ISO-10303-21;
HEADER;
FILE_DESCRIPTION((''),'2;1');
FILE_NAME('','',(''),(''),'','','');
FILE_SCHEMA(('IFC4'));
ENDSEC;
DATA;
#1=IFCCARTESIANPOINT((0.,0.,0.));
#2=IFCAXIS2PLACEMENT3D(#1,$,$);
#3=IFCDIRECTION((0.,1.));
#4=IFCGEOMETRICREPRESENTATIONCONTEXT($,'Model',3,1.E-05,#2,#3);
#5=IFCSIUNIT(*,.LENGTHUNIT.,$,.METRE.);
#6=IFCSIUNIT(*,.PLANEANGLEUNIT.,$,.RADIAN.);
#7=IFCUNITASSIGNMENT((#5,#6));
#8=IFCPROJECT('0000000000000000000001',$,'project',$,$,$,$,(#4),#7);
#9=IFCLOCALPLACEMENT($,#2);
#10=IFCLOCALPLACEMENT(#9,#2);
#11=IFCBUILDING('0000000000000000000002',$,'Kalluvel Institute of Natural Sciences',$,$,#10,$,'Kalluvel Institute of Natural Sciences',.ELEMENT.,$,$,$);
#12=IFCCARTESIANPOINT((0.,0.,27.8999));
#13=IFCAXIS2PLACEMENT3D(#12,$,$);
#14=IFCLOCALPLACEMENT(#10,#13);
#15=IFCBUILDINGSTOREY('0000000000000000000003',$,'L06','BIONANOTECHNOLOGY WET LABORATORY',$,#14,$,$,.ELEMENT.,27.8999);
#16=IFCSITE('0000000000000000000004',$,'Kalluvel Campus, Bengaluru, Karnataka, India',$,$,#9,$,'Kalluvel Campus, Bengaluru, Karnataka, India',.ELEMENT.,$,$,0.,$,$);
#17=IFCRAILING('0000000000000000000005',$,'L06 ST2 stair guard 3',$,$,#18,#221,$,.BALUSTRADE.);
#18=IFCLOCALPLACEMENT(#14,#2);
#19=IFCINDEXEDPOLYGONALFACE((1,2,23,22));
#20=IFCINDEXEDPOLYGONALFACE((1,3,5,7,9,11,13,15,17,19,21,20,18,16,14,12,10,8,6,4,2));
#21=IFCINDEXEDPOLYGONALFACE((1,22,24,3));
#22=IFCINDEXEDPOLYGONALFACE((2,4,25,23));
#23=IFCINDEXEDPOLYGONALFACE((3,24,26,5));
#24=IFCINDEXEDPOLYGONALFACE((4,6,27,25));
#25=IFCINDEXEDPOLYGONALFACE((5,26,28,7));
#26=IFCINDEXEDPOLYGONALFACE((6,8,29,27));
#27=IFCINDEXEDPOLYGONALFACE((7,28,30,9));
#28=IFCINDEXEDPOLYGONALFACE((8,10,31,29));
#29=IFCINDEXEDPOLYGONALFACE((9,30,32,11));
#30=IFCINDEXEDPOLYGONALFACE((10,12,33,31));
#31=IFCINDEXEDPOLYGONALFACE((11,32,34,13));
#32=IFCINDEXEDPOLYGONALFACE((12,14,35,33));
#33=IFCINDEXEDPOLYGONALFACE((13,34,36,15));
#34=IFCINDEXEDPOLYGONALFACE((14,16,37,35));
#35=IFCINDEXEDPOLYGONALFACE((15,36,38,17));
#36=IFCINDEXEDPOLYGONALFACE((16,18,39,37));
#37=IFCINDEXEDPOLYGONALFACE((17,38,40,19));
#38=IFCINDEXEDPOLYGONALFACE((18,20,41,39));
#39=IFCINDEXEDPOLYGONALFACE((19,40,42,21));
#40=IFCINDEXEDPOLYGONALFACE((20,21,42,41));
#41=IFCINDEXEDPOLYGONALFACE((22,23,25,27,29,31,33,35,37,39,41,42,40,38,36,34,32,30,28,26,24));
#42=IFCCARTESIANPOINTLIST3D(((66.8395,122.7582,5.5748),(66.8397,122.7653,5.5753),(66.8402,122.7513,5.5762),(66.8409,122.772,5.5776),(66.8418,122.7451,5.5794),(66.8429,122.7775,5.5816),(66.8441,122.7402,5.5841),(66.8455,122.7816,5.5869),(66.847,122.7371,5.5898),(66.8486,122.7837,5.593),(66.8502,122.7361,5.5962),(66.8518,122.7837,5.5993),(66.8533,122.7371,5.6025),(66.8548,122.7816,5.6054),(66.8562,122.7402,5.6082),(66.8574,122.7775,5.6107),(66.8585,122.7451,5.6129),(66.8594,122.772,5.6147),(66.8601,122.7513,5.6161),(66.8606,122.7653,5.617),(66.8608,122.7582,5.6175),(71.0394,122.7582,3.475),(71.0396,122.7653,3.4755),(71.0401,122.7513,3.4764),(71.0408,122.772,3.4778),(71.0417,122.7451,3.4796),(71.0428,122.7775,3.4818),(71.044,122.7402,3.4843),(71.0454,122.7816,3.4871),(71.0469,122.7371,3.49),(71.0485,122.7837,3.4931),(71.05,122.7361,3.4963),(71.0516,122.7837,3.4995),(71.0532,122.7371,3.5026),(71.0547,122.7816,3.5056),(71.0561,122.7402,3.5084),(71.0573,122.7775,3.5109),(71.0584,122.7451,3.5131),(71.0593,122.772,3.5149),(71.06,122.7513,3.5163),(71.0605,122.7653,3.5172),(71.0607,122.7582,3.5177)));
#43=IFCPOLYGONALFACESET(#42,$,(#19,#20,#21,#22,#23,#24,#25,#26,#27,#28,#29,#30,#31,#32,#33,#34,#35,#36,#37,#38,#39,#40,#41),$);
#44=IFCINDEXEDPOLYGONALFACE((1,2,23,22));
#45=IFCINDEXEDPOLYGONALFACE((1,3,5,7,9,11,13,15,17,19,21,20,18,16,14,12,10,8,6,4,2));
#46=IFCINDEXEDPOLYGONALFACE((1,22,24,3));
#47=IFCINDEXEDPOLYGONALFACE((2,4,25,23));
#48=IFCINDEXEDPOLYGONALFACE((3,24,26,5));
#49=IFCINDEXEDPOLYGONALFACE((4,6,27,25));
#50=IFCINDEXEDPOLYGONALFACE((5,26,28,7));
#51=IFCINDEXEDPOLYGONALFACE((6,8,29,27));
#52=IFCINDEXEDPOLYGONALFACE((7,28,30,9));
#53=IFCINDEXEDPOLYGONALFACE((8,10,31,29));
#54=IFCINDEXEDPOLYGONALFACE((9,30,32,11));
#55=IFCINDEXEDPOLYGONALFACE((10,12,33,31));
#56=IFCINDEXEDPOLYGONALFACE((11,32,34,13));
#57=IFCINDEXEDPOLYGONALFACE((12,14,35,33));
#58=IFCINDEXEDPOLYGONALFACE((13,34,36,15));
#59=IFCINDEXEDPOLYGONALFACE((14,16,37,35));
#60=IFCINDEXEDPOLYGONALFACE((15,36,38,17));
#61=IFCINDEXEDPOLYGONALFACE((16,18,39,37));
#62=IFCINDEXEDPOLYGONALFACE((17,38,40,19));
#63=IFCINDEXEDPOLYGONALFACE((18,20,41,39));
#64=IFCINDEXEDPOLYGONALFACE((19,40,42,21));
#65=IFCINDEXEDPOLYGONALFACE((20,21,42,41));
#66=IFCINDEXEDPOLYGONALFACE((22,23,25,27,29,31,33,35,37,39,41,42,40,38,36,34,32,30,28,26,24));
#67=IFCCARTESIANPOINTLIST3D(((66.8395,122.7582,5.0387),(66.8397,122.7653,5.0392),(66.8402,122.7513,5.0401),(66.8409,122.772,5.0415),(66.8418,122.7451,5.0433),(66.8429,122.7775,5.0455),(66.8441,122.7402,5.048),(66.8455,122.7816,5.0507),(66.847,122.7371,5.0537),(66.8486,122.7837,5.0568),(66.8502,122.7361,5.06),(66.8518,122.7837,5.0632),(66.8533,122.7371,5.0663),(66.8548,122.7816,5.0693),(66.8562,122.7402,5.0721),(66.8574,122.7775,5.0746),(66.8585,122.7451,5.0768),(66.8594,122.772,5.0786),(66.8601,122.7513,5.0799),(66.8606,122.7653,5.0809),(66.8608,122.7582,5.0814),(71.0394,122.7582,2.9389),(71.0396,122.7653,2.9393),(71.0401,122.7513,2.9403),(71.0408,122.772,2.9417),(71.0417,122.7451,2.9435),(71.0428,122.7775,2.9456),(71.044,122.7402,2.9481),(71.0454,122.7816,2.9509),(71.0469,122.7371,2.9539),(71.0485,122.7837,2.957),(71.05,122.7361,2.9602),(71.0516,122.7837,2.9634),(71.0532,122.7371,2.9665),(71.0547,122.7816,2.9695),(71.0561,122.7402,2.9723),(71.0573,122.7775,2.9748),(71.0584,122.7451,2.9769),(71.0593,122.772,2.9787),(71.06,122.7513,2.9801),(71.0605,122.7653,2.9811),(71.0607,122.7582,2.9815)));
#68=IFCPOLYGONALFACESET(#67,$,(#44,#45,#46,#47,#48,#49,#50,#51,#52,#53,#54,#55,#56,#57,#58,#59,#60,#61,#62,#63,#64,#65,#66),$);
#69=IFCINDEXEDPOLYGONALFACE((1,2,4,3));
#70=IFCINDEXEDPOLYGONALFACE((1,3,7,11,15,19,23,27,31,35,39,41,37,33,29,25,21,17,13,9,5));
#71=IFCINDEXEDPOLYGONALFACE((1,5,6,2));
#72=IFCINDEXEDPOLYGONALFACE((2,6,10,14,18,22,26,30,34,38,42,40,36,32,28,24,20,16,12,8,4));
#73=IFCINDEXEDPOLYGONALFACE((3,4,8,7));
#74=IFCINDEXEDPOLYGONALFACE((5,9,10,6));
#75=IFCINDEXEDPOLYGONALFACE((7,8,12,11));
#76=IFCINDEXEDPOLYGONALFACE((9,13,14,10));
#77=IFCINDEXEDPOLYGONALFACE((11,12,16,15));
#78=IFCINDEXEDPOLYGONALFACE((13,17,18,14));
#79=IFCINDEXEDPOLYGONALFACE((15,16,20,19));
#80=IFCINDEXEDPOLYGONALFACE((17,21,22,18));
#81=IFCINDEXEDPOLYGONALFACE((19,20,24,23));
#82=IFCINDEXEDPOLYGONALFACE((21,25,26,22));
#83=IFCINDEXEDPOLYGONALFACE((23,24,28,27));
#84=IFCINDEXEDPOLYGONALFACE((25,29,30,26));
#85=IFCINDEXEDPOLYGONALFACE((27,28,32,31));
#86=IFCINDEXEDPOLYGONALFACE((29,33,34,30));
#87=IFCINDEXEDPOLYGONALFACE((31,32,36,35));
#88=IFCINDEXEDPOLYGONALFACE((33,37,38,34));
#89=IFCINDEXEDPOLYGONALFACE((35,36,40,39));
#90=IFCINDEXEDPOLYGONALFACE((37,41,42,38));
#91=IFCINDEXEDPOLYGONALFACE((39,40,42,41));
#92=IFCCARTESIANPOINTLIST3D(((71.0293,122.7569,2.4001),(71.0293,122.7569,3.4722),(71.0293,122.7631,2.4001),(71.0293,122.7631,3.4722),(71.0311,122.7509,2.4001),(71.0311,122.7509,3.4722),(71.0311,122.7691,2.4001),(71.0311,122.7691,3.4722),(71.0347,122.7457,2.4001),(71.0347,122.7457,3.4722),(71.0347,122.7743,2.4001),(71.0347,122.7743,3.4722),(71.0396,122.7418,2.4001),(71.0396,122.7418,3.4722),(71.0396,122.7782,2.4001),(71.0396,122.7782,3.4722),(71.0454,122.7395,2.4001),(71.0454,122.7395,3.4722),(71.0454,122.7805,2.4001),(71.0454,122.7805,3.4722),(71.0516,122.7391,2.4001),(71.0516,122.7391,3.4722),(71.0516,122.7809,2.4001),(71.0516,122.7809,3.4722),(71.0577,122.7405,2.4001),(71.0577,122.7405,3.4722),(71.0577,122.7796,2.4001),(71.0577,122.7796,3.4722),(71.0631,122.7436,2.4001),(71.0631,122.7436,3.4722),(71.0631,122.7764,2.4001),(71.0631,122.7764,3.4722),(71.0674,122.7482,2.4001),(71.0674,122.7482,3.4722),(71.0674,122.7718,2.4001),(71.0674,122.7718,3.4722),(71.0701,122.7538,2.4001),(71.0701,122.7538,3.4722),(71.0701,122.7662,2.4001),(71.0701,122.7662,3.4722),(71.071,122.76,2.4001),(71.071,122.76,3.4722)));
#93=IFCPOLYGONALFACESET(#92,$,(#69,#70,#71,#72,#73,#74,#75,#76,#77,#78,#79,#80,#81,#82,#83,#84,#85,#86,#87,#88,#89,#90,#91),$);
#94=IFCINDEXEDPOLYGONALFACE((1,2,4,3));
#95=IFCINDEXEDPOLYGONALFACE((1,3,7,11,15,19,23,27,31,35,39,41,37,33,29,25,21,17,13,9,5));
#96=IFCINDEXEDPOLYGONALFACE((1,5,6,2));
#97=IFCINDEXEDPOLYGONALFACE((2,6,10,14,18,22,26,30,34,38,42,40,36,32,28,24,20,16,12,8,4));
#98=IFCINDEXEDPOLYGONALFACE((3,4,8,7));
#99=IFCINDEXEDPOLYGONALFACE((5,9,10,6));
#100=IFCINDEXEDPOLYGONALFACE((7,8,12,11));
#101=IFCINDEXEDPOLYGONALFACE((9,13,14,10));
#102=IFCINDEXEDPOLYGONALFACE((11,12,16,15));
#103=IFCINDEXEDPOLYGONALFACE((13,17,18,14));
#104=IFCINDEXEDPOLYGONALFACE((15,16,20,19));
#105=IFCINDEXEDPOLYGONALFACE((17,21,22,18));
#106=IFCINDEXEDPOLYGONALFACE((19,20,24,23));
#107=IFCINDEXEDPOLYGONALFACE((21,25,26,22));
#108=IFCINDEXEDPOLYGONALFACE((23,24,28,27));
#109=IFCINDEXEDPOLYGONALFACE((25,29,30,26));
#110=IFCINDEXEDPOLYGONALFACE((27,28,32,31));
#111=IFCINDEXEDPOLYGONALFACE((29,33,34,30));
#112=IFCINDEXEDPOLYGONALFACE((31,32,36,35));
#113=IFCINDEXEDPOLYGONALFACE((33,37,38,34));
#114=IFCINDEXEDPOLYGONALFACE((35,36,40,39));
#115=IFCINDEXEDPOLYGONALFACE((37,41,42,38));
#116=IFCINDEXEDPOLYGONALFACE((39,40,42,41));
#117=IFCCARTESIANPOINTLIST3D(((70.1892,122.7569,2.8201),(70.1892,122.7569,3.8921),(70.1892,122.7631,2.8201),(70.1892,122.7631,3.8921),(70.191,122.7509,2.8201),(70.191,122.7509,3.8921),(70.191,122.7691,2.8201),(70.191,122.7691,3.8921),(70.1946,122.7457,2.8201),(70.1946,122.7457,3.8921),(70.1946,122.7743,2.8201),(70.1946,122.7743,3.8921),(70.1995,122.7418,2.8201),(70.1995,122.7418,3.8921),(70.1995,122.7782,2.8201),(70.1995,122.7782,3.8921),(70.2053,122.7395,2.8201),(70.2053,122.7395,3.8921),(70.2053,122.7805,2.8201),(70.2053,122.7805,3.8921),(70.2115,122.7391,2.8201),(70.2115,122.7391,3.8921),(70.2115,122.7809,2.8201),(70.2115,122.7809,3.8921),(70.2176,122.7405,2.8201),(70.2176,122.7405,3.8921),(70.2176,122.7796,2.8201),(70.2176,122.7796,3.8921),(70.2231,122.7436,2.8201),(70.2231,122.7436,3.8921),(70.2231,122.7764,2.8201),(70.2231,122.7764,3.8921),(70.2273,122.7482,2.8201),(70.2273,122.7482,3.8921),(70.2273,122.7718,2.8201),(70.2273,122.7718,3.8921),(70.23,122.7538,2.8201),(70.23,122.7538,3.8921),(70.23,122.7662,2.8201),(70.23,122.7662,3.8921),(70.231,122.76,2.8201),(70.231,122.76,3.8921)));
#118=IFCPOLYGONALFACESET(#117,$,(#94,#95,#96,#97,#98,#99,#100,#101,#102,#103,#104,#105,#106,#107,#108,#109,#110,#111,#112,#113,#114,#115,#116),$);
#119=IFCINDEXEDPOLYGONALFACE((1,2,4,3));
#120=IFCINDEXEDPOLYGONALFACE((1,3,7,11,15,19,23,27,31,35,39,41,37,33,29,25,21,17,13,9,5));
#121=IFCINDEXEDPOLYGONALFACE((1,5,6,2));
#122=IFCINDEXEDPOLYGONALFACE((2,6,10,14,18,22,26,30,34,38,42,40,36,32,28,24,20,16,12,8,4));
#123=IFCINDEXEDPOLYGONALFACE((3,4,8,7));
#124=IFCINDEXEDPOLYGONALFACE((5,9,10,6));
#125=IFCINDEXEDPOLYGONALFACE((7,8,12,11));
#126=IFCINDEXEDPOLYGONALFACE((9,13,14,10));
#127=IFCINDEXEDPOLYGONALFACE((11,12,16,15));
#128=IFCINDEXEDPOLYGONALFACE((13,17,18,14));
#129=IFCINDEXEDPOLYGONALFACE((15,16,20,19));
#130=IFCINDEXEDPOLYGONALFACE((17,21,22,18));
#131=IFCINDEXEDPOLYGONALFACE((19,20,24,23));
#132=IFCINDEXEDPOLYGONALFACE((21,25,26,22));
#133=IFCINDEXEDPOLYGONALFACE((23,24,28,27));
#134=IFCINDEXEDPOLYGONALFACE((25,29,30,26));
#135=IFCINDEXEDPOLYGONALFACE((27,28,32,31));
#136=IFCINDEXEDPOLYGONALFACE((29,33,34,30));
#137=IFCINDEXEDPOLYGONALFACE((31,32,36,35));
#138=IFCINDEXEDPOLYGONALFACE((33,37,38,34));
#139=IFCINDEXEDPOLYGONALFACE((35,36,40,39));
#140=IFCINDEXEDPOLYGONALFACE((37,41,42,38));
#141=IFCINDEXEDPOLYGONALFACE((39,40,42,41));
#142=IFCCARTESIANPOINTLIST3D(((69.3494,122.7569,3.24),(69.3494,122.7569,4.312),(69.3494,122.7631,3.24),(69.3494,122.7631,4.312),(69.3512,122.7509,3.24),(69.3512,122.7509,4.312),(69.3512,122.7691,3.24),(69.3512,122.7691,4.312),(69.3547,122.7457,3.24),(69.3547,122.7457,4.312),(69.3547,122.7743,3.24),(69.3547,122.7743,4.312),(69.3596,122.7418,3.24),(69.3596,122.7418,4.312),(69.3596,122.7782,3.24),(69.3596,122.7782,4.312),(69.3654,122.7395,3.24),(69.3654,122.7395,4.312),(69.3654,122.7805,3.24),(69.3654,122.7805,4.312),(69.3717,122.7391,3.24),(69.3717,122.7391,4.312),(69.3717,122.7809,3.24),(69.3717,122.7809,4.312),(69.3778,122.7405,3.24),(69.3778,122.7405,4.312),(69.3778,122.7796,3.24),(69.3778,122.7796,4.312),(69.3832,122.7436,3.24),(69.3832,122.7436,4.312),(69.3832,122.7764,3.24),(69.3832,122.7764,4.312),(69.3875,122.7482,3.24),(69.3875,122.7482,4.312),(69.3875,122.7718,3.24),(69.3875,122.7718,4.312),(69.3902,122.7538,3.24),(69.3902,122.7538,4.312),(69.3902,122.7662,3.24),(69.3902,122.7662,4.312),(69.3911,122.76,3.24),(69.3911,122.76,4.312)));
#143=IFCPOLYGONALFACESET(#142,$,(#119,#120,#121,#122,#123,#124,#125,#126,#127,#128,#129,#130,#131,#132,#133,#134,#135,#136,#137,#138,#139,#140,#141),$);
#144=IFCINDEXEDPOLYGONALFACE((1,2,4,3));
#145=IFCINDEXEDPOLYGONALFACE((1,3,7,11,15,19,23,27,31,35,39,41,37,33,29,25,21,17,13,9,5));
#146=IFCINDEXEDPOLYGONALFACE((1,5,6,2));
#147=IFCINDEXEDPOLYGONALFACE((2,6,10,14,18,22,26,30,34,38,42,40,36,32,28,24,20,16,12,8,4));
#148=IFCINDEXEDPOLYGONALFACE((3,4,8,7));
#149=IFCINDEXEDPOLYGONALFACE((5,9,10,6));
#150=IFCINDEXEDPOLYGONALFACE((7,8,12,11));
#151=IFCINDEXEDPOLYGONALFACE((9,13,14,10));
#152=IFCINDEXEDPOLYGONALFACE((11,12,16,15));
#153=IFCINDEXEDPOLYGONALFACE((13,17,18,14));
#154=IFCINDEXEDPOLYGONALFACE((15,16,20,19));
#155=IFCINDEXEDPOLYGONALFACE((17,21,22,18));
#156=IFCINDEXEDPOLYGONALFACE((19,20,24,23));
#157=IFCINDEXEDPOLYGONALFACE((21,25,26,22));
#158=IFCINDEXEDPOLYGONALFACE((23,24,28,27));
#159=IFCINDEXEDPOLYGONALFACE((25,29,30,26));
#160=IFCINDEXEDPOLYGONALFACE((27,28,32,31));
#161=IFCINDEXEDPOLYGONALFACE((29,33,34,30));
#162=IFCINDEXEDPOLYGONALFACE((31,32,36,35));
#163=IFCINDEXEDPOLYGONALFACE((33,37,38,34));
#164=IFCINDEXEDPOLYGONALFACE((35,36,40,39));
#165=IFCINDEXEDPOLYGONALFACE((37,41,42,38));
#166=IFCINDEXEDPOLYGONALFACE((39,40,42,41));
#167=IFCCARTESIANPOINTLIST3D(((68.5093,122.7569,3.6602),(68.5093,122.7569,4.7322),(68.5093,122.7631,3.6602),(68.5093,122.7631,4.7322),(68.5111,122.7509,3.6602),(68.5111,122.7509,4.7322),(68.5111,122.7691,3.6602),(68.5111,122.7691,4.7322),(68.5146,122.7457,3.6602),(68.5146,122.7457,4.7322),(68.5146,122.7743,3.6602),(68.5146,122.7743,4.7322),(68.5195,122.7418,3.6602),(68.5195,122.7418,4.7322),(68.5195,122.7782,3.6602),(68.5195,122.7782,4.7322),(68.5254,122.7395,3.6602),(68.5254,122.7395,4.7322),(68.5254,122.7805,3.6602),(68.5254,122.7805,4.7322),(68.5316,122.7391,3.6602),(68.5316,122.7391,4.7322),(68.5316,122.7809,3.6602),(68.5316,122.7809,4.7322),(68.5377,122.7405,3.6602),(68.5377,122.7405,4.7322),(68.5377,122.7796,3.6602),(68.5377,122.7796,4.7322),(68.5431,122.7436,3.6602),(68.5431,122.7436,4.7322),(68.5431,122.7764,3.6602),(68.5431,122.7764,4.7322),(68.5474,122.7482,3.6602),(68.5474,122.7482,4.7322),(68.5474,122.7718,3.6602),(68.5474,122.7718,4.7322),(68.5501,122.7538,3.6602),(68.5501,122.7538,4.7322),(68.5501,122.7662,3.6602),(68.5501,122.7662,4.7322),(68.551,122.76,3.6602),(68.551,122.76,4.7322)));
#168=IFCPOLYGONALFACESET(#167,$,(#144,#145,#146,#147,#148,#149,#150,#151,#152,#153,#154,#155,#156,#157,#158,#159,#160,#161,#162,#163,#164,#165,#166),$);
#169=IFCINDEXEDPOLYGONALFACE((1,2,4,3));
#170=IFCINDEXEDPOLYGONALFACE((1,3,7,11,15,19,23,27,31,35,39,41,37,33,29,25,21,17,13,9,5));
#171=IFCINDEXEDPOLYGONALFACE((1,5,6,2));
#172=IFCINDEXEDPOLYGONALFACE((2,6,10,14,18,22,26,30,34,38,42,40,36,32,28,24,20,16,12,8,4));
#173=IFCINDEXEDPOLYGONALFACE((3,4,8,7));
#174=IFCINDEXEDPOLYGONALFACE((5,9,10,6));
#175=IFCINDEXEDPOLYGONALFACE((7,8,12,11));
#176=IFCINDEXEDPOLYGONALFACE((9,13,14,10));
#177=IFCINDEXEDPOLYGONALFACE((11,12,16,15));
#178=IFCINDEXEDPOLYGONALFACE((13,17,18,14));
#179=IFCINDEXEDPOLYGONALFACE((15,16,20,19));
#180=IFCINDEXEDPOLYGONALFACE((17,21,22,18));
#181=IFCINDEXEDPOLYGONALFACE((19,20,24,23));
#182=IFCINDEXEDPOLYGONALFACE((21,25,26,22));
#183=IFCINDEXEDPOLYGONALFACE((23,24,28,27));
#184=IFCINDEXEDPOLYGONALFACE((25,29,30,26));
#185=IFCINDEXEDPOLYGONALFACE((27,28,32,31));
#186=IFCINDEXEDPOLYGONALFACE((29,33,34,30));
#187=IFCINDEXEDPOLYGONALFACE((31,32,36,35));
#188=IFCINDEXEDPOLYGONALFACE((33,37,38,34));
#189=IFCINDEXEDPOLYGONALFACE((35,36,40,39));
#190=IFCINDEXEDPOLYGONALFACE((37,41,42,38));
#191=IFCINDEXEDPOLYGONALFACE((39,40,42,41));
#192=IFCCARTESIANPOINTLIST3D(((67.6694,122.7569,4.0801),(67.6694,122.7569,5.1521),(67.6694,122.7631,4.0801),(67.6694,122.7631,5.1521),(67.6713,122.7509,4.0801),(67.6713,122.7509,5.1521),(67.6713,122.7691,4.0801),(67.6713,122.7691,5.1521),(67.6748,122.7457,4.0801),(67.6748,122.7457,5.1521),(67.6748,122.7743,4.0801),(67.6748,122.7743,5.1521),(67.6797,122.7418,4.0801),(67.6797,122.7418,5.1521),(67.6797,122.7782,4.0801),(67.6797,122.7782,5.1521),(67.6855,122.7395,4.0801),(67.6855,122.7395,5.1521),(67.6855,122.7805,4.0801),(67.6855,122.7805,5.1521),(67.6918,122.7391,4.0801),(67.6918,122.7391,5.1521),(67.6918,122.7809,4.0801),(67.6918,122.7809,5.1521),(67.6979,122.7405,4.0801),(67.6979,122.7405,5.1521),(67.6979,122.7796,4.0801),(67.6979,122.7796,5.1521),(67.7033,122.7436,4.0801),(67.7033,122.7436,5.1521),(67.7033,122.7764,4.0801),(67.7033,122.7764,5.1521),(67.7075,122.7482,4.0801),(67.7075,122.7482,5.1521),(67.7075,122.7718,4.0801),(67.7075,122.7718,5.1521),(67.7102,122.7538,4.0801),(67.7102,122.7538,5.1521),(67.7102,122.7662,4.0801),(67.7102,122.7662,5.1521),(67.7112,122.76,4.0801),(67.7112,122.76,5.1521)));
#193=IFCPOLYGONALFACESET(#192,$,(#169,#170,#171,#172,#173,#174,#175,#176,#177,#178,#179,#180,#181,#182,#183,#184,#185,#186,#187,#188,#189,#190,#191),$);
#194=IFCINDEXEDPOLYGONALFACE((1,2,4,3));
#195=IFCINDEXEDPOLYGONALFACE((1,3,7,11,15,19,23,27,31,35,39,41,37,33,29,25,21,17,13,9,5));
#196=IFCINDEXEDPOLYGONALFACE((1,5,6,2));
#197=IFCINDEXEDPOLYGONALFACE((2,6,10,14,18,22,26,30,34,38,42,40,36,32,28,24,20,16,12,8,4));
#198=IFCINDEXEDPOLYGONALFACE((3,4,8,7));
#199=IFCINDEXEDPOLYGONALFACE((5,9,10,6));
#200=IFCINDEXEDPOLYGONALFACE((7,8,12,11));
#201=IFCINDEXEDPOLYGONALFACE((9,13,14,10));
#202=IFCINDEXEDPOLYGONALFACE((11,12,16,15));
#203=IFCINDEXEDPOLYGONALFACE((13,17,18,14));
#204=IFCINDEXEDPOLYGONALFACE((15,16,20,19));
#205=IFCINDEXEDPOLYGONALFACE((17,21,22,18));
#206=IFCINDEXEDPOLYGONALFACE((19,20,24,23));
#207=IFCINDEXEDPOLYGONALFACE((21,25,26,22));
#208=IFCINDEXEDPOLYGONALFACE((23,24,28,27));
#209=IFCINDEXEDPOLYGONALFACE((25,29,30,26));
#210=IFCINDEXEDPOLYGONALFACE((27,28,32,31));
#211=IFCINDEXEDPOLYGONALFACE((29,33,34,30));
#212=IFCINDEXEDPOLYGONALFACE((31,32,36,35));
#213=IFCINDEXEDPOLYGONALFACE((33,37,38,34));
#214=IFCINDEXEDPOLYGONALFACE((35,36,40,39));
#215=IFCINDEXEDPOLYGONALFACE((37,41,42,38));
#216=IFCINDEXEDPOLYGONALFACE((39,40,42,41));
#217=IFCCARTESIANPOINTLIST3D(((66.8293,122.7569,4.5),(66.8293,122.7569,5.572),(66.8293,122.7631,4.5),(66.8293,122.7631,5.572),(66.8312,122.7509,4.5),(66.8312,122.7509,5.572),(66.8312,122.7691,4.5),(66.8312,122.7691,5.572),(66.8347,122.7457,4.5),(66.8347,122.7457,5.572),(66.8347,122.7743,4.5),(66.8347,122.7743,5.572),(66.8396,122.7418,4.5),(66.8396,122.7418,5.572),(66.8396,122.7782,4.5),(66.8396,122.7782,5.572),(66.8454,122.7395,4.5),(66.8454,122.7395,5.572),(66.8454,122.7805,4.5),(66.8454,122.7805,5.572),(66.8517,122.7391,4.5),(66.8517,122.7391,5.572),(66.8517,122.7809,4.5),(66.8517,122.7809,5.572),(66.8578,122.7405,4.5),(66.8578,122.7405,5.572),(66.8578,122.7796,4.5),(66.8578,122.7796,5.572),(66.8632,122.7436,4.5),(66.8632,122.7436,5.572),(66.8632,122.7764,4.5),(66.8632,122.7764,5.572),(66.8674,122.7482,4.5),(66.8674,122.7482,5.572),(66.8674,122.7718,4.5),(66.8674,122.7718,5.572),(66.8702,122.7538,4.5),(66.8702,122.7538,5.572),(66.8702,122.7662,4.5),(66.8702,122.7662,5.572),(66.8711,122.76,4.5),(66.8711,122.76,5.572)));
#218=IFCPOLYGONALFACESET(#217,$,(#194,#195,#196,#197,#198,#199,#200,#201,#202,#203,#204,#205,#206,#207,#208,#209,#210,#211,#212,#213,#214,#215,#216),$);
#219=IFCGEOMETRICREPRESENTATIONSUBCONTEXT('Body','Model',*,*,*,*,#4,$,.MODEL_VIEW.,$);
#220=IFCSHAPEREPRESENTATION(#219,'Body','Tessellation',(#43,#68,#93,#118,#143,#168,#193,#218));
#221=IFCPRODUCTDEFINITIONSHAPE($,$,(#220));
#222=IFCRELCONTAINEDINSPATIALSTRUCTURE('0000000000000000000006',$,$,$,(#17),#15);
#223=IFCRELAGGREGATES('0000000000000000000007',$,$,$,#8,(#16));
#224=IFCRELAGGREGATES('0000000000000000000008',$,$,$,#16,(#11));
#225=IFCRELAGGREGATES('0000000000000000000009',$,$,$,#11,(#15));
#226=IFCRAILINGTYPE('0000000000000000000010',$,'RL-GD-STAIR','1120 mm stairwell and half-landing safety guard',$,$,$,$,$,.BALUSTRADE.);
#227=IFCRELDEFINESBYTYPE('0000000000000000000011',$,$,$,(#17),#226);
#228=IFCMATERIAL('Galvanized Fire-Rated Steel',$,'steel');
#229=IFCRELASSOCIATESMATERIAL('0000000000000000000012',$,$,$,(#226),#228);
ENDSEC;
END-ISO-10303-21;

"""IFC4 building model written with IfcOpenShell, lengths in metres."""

from ifc_helpers import new_model, si_unit, direction, frame, origin, origin_2d, place, context, subcontext, project, spatial, circle, extrude, material, type_object, element, save


model = new_model("IFC4")

# Units and contexts
model_context = context("Model", 3, precision=1e-05, world=origin(), true_north=direction((0.0, 1.0)))
body_context = subcontext(model_context, "Body", "Model", "MODEL_VIEW")
ifc_project = project(units=[si_unit("LENGTHUNIT", "METRE"), si_unit("PLANEANGLEUNIT", "RADIAN")], contexts=[model_context])

# Site, building, storey
site_placement = place(None, origin())
site = spatial("IfcSite", under=ifc_project, at=site_placement, Name="Kalluvel Campus, Bengaluru, Karnataka, India", LongName="Kalluvel Campus, Bengaluru, Karnataka, India", CompositionType="ELEMENT", RefElevation=0.0)
building_placement = place(site_placement, origin())
building = spatial("IfcBuilding", under=site, at=building_placement, Name="Kalluvel Institute of Natural Sciences", LongName="Kalluvel Institute of Natural Sciences", CompositionType="ELEMENT")
storey_placement = place(building_placement, frame((0.0, 0.0, 27.8999)))
storey = spatial("IfcBuildingStorey", under=building, at=storey_placement, Name="L06", Description="BIONANOTECHNOLOGY WET LABORATORY", CompositionType="ELEMENT", Elevation=27.8999)

# Shared definitions
ifc_material_1 = material(Name="Galvanized Fire-Rated Steel", Category="steel")

# Railing
railing_type = type_object("IfcRailingType", Name="RL-GD-STAIR", Description="1120 mm stairwell and half-landing safety guard", PredefinedType="BALUSTRADE", material=ifc_material_1)
railing_1_placement = place(storey_placement, frame((71.05, 122.76, 2.4001)))
element("IfcRailing", 1, at=railing_1_placement, inside=storey, type_object=railing_type, Name="L06 ST2 stair guard 3", PredefinedType="BALUSTRADE", context=body_context, shape_type="SweptSolid", body=[
    extrude(circle(Radius=0.0239, at=origin_2d()), frame((0.0, 0.0, 1.0962), z_axis=(-0.894438, 0.0, 0.447193), x_axis=(0.0, -1.0, 0.0)), (0.0, 0.0, 1.0), 4.6956),
    extrude(circle(Radius=0.0239, at=origin_2d()), frame((0.0, 0.0, 0.5601), z_axis=(-0.894438, 0.0, 0.447193), x_axis=(0.0, -1.0, 0.0)), (0.0, 0.0, 1.0), 4.6956),
    extrude(circle(Radius=0.021, at=origin_2d()), origin(), (0.0, 0.0, 1.0), 1.072),
    extrude(circle(Radius=0.021, at=origin_2d()), frame((-0.8401, 0.0, 0.4199)), (0.0, 0.0, 1.0), 1.072),
    extrude(circle(Radius=0.021, at=origin_2d()), frame((-1.6799, 0.0, 0.8398)), (0.0, 0.0, 1.0), 1.072),
    extrude(circle(Radius=0.021, at=origin_2d()), frame((-2.52, 0.0, 1.26)), (0.0, 0.0, 1.0), 1.072),
    extrude(circle(Radius=0.021, at=origin_2d()), frame((-3.3599, 0.0, 1.6799)), (0.0, 0.0, 1.0), 1.072),
    extrude(circle(Radius=0.021, at=origin_2d()), frame((-4.2, 0.0, 2.0999)), (0.0, 0.0, 1.0), 1.072),
])

save(model, "model.ifc")
